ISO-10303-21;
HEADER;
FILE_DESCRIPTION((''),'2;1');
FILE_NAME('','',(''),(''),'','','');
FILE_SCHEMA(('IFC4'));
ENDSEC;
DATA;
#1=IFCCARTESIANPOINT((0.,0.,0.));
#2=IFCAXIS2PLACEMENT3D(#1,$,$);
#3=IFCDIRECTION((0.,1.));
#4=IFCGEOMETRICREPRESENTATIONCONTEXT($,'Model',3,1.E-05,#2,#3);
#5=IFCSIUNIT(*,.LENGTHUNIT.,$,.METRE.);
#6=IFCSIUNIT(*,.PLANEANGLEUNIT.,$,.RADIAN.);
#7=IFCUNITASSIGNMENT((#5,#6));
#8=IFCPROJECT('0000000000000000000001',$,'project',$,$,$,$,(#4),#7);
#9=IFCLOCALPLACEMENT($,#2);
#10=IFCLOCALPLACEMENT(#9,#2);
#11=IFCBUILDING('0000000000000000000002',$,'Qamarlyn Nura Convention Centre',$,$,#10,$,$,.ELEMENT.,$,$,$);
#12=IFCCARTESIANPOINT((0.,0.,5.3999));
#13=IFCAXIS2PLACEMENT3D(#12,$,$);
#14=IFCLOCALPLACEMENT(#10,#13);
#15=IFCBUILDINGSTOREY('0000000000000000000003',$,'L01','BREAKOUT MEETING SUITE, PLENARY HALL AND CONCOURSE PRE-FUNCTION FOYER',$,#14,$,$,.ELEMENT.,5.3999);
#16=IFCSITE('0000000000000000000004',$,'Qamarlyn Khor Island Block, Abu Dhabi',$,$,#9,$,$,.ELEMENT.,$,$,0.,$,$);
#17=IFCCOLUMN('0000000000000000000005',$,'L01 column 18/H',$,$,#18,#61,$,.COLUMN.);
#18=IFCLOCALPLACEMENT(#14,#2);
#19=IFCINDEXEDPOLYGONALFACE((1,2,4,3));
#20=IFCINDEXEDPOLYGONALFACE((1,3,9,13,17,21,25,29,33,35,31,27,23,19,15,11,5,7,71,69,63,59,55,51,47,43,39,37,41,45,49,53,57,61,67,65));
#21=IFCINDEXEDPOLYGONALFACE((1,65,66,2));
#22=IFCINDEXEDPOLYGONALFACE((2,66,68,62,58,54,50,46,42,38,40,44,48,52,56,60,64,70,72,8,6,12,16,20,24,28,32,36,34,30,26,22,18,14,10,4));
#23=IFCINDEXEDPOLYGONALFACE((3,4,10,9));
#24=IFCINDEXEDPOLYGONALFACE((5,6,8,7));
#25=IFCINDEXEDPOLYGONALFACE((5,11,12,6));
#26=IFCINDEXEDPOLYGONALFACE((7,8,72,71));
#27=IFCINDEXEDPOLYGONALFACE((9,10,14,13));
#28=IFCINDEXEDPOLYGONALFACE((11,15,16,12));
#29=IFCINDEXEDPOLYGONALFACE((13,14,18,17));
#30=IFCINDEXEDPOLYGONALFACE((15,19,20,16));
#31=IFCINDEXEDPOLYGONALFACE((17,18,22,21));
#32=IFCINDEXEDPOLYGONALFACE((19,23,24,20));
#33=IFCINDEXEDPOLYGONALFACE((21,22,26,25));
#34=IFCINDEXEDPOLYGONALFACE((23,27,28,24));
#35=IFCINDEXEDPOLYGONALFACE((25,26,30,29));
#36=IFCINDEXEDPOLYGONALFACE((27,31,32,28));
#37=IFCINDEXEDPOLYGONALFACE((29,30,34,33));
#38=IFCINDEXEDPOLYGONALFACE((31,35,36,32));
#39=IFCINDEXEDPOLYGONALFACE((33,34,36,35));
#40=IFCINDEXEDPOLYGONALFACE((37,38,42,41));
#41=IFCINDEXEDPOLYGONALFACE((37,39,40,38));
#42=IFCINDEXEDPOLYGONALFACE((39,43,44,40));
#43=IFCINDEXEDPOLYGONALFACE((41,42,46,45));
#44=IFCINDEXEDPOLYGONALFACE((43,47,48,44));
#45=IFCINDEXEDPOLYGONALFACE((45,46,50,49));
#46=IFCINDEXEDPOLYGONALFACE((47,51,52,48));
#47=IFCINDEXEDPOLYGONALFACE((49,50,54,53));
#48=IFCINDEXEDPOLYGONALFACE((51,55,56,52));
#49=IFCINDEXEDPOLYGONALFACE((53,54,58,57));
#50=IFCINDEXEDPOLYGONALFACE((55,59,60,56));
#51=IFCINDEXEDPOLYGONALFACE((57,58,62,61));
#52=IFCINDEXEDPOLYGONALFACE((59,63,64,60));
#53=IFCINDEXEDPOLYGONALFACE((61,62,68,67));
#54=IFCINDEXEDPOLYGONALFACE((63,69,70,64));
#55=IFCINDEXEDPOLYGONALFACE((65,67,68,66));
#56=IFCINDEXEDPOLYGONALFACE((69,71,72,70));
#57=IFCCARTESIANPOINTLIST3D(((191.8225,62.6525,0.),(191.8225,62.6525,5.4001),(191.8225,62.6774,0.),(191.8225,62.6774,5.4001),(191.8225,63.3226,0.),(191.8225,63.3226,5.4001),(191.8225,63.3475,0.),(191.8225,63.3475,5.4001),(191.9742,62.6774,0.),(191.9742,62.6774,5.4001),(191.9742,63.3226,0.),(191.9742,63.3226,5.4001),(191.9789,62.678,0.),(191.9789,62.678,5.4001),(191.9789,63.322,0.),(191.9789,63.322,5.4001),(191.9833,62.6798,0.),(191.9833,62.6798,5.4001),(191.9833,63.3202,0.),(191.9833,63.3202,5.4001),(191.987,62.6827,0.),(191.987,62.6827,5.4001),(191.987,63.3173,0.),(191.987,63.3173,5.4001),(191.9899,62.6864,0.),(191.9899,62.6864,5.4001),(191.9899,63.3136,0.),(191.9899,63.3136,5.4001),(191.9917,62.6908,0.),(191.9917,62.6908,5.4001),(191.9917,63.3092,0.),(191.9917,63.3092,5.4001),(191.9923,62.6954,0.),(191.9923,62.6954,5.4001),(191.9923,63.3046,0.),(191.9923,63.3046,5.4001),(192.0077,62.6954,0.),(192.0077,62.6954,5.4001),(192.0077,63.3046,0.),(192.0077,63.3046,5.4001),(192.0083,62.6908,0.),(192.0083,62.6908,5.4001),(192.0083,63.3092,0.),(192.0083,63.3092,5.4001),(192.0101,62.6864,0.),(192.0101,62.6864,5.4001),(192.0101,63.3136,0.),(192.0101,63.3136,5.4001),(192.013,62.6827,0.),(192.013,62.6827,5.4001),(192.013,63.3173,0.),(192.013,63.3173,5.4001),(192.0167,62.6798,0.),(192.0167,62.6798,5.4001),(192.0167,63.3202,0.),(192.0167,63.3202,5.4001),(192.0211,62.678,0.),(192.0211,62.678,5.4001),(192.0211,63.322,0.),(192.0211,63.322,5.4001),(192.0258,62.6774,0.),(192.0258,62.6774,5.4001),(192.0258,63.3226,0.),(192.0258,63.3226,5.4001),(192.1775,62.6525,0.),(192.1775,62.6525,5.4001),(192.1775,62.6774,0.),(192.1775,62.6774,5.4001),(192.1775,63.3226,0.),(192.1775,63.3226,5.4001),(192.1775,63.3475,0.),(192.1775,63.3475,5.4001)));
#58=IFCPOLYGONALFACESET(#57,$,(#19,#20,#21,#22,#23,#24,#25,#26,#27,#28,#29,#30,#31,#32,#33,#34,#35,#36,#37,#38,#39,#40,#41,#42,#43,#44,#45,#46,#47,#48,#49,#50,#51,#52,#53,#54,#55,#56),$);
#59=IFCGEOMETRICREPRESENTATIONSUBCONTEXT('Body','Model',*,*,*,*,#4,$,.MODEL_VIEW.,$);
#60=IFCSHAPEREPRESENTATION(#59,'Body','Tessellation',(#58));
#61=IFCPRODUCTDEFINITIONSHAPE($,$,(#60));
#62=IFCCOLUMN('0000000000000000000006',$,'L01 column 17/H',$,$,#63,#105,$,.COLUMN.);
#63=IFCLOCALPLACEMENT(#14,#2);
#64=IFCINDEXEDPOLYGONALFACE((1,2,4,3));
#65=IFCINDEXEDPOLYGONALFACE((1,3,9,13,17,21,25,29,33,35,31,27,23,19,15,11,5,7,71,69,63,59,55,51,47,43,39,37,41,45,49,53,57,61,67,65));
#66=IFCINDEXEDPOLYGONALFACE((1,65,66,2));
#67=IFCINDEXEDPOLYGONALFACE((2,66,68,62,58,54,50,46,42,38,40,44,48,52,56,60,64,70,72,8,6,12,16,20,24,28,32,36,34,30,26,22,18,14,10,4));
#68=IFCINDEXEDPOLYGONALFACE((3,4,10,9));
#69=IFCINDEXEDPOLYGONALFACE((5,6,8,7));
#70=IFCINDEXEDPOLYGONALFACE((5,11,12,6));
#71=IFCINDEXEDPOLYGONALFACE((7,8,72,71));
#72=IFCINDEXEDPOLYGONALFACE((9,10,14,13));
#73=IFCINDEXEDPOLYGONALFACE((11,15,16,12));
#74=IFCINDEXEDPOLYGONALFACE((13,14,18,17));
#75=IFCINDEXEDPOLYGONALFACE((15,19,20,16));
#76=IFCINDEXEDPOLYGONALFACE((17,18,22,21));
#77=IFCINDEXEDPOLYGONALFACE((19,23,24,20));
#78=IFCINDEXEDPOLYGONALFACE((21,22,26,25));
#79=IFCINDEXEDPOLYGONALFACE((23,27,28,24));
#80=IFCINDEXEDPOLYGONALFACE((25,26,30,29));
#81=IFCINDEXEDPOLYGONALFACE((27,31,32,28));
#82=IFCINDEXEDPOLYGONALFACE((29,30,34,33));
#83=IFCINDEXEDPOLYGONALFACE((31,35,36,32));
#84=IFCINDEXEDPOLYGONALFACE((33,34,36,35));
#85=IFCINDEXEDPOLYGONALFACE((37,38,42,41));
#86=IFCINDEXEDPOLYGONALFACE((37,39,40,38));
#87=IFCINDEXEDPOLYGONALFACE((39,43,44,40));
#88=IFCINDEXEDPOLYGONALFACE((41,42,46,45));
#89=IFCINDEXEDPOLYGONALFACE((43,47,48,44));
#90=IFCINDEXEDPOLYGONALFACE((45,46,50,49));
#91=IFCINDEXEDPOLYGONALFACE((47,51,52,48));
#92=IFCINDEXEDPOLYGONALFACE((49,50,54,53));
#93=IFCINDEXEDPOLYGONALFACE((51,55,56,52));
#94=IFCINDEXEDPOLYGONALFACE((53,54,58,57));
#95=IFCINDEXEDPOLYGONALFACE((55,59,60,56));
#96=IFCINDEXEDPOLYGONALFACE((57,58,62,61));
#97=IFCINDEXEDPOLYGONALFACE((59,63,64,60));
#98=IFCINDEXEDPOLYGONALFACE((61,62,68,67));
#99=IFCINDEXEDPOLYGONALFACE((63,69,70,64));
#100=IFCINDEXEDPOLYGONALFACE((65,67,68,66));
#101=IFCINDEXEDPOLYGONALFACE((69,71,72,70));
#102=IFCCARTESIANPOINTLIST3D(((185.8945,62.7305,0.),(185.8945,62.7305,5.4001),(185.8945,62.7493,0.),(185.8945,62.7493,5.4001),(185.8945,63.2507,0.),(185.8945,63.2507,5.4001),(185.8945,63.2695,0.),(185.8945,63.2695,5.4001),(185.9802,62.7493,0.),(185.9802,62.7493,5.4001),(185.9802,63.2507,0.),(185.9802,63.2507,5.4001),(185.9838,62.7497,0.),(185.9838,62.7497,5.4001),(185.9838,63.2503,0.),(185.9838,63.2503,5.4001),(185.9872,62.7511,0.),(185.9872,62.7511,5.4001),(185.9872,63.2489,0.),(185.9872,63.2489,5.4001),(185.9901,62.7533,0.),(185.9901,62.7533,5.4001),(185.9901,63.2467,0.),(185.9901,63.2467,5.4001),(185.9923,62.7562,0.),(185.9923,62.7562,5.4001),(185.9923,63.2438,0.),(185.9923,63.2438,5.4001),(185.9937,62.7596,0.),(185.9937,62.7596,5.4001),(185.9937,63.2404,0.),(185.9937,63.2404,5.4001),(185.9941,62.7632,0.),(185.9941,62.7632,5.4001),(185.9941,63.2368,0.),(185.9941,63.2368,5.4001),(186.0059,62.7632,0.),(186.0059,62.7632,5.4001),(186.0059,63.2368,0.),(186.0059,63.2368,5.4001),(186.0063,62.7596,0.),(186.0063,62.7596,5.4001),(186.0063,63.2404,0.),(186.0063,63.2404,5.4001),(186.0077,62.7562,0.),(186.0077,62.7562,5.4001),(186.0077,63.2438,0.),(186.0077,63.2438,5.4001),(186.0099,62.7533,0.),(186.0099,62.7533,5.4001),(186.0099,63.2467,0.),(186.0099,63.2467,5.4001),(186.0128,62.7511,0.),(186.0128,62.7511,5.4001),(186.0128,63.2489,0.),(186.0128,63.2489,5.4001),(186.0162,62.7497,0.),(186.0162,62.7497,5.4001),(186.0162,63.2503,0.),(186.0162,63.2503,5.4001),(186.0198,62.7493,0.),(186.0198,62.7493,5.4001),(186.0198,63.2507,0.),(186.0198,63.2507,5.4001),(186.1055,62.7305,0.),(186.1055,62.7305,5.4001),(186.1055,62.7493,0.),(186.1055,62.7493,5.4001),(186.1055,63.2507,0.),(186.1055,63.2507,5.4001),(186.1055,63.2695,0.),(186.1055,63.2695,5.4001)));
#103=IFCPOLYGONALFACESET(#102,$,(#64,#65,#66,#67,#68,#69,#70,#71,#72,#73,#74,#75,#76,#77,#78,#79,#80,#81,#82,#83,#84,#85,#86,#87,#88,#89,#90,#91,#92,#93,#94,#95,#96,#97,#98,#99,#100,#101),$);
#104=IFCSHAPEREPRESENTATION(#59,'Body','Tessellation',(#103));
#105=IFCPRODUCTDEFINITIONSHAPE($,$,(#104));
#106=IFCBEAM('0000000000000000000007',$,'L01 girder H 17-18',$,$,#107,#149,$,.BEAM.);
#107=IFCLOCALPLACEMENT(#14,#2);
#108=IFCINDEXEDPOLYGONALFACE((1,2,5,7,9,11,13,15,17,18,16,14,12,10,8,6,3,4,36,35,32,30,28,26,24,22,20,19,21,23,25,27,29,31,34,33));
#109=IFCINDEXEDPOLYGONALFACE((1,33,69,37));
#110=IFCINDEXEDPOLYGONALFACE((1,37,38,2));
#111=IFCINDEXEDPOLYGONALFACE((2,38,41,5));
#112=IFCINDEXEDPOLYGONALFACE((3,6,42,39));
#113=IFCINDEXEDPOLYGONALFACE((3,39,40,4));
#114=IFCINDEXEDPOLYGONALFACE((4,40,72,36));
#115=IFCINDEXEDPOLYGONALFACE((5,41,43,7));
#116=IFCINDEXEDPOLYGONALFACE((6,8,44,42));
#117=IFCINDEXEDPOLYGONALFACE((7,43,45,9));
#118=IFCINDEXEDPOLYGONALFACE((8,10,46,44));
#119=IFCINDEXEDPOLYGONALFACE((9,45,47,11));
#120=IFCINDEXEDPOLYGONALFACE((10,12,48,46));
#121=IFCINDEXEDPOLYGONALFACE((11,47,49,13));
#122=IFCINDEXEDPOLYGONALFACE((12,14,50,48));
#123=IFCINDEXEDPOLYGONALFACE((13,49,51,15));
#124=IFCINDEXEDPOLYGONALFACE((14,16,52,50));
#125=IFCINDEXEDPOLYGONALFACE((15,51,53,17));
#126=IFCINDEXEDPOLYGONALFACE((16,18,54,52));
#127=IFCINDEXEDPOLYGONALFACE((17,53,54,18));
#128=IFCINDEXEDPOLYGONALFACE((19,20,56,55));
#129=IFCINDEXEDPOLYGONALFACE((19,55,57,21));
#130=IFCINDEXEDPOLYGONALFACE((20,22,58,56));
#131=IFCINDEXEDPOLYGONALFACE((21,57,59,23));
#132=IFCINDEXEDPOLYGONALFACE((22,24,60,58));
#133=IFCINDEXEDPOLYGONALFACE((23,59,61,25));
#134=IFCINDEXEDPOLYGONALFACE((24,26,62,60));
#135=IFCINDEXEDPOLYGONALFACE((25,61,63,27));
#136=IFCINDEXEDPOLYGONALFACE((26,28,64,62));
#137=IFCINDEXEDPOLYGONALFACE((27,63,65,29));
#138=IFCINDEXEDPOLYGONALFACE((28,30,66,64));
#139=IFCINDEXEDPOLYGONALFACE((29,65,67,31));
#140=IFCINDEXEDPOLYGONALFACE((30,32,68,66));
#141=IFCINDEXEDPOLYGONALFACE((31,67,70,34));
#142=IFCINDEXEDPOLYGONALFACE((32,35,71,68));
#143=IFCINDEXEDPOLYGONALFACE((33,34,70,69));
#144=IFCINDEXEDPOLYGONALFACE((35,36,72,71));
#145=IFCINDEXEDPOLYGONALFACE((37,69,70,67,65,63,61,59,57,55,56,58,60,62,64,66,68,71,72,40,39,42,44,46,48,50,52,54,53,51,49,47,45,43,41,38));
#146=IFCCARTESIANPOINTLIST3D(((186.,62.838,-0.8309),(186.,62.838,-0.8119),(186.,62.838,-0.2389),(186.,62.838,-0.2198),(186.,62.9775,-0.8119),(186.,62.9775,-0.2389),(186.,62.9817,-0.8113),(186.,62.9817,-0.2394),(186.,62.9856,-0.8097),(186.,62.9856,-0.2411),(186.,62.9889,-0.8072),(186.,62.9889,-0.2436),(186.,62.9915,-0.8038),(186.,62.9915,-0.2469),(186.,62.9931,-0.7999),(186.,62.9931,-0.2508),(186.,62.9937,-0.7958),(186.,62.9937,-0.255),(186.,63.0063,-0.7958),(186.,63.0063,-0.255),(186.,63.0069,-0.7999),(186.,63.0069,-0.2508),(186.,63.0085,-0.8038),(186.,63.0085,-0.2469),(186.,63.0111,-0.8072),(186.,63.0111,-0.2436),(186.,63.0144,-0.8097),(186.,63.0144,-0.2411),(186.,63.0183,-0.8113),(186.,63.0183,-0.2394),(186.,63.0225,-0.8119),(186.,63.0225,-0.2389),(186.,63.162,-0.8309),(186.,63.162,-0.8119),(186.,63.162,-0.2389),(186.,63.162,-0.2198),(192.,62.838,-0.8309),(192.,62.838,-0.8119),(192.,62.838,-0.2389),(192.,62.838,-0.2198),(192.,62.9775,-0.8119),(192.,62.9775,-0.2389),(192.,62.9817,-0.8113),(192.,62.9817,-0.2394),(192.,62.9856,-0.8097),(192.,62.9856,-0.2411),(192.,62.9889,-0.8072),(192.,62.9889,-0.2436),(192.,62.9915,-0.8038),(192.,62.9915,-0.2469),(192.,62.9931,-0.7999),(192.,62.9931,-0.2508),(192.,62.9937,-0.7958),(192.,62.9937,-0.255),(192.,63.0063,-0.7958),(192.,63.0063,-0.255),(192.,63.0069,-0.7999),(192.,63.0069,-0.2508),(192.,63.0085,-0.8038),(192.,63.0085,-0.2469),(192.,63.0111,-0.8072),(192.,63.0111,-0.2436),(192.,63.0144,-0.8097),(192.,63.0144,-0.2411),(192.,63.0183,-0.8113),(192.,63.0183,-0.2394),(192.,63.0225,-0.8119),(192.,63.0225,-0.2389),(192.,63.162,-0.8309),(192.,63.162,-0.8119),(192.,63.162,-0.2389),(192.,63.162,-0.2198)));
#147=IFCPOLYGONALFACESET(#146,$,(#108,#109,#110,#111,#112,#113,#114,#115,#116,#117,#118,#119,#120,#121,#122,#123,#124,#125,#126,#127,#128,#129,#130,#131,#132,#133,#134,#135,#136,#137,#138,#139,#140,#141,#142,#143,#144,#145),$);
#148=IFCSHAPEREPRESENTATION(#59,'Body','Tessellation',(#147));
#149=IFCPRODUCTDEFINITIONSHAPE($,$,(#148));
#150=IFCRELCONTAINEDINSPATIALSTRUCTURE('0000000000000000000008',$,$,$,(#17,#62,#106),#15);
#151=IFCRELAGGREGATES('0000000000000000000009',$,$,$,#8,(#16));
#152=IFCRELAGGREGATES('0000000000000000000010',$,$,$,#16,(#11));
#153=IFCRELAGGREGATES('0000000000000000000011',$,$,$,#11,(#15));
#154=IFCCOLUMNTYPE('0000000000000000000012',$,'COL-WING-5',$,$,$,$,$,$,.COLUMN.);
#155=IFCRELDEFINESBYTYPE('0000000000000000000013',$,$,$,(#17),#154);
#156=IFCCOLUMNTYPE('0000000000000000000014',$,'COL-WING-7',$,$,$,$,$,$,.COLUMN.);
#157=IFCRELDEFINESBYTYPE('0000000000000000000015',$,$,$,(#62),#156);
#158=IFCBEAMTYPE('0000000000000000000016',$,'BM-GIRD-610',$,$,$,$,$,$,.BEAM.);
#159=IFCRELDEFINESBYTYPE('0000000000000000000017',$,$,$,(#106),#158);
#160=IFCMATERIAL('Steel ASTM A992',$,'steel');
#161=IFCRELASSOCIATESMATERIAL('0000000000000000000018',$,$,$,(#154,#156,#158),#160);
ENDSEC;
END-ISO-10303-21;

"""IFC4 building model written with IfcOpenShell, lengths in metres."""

from ifc_helpers import new_model, si_unit, direction, frame, origin, origin_2d, place, context, subcontext, project, spatial, i_section, extrude, material, material_profile, profile_set, type_object, element, save


model = new_model("IFC4")

# Units and contexts
model_context = context("Model", 3, precision=1e-05, world=origin(), true_north=direction((0.0, 1.0)))
body_context = subcontext(model_context, "Body", "Model", "MODEL_VIEW")
ifc_project = project(units=[si_unit("LENGTHUNIT", "METRE"), si_unit("PLANEANGLEUNIT", "RADIAN")], contexts=[model_context])

# Site, building, storey
site_placement = place(None, origin())
site = spatial("IfcSite", under=ifc_project, at=site_placement, Name="Qamarlyn Khor Island Block, Abu Dhabi", CompositionType="ELEMENT", RefElevation=0.0)
building_placement = place(site_placement, origin())
building = spatial("IfcBuilding", under=site, at=building_placement, Name="Qamarlyn Nura Convention Centre", CompositionType="ELEMENT")
storey_placement = place(building_placement, frame((0.0, 0.0, 5.3999)))
storey = spatial("IfcBuildingStorey", under=building, at=storey_placement, Name="L01", Description="BREAKOUT MEETING SUITE, PLENARY HALL AND CONCOURSE PRE-FUNCTION FOYER", CompositionType="ELEMENT", Elevation=5.3999)

# Columns
ifc_material_1 = material(Name="Steel ASTM A992", Category="steel")
ifc_material_profile_1 = material_profile(ifc_material_1, i_section(OverallWidth=0.355, OverallDepth=0.6951, WebThickness=0.0154, FlangeThickness=0.0249, FilletRadius=0.0181, at=origin_2d()), Name="W690X217")
ifc_profile_set_1 = profile_set([ifc_material_profile_1], Name="Steel ASTM A992")
column_type_1 = type_object("IfcColumnType", Name="COL-WING-5", PredefinedType="COLUMN", material=ifc_profile_set_1)
column_1_placement = place(storey_placement, frame((192.0, 63.0, 0.0), z_axis=(0.0, 0.0, 1.0), x_axis=(1.0, 0.0, 0.0)))
element("IfcColumn", 1, at=column_1_placement, inside=storey, type_object=column_type_1, Name="L01 column 18/H", PredefinedType="COLUMN", context=body_context, shape_type="SweptSolid", body=[
    extrude(i_section(OverallWidth=0.355, OverallDepth=0.6951, WebThickness=0.0154, FlangeThickness=0.0249, FilletRadius=0.0181, at=origin_2d()), origin(), (0.0, 0.0, 1.0), 5.4001),
])
ifc_material_profile_2 = material_profile(ifc_material_1, i_section(OverallWidth=0.2109, OverallDepth=0.5391, WebThickness=0.0117, FlangeThickness=0.0188, FilletRadius=0.0139, at=origin_2d()), Name="W530X109")
ifc_profile_set_2 = profile_set([ifc_material_profile_2], Name="Steel ASTM A992")
column_type_2 = type_object("IfcColumnType", Name="COL-WING-7", PredefinedType="COLUMN", material=ifc_profile_set_2)
column_2_placement = place(storey_placement, frame((186.0, 63.0, 0.0), z_axis=(0.0, 0.0, 1.0), x_axis=(1.0, 0.0, 0.0)))
element("IfcColumn", 2, at=column_2_placement, inside=storey, type_object=column_type_2, Name="L01 column 17/H", PredefinedType="COLUMN", context=body_context, shape_type="SweptSolid", body=[
    extrude(i_section(OverallWidth=0.2109, OverallDepth=0.5391, WebThickness=0.0117, FlangeThickness=0.0188, FilletRadius=0.0139, at=origin_2d()), origin(), (0.0, 0.0, 1.0), 5.4001),
])

# Beam
ifc_material_profile_3 = material_profile(ifc_material_1, i_section(OverallWidth=0.324, OverallDepth=0.6111, WebThickness=0.0127, FlangeThickness=0.019, FilletRadius=0.0161, at=origin_2d()), Name="W610X155")
ifc_profile_set_3 = profile_set([ifc_material_profile_3], Name="Steel ASTM A992")
beam_type_1 = type_object("IfcBeamType", Name="BM-GIRD-610", PredefinedType="BEAM", material=ifc_profile_set_3)
beam_1_placement = place(storey_placement, frame((186.0, 63.0, -0.5254), z_axis=(1.0, 0.0, 0.0), x_axis=(0.0, 1.0, 0.0)))
element("IfcBeam", 3, at=beam_1_placement, inside=storey, type_object=beam_type_1, Name="L01 girder H 17-18", PredefinedType="BEAM", context=body_context, shape_type="SweptSolid", body=[
    extrude(i_section(OverallWidth=0.324, OverallDepth=0.6111, WebThickness=0.0127, FlangeThickness=0.019, FilletRadius=0.0161, at=origin_2d()), origin(), (0.0, 0.0, 1.0), 6.0),
])

save(model, "model.ifc")
